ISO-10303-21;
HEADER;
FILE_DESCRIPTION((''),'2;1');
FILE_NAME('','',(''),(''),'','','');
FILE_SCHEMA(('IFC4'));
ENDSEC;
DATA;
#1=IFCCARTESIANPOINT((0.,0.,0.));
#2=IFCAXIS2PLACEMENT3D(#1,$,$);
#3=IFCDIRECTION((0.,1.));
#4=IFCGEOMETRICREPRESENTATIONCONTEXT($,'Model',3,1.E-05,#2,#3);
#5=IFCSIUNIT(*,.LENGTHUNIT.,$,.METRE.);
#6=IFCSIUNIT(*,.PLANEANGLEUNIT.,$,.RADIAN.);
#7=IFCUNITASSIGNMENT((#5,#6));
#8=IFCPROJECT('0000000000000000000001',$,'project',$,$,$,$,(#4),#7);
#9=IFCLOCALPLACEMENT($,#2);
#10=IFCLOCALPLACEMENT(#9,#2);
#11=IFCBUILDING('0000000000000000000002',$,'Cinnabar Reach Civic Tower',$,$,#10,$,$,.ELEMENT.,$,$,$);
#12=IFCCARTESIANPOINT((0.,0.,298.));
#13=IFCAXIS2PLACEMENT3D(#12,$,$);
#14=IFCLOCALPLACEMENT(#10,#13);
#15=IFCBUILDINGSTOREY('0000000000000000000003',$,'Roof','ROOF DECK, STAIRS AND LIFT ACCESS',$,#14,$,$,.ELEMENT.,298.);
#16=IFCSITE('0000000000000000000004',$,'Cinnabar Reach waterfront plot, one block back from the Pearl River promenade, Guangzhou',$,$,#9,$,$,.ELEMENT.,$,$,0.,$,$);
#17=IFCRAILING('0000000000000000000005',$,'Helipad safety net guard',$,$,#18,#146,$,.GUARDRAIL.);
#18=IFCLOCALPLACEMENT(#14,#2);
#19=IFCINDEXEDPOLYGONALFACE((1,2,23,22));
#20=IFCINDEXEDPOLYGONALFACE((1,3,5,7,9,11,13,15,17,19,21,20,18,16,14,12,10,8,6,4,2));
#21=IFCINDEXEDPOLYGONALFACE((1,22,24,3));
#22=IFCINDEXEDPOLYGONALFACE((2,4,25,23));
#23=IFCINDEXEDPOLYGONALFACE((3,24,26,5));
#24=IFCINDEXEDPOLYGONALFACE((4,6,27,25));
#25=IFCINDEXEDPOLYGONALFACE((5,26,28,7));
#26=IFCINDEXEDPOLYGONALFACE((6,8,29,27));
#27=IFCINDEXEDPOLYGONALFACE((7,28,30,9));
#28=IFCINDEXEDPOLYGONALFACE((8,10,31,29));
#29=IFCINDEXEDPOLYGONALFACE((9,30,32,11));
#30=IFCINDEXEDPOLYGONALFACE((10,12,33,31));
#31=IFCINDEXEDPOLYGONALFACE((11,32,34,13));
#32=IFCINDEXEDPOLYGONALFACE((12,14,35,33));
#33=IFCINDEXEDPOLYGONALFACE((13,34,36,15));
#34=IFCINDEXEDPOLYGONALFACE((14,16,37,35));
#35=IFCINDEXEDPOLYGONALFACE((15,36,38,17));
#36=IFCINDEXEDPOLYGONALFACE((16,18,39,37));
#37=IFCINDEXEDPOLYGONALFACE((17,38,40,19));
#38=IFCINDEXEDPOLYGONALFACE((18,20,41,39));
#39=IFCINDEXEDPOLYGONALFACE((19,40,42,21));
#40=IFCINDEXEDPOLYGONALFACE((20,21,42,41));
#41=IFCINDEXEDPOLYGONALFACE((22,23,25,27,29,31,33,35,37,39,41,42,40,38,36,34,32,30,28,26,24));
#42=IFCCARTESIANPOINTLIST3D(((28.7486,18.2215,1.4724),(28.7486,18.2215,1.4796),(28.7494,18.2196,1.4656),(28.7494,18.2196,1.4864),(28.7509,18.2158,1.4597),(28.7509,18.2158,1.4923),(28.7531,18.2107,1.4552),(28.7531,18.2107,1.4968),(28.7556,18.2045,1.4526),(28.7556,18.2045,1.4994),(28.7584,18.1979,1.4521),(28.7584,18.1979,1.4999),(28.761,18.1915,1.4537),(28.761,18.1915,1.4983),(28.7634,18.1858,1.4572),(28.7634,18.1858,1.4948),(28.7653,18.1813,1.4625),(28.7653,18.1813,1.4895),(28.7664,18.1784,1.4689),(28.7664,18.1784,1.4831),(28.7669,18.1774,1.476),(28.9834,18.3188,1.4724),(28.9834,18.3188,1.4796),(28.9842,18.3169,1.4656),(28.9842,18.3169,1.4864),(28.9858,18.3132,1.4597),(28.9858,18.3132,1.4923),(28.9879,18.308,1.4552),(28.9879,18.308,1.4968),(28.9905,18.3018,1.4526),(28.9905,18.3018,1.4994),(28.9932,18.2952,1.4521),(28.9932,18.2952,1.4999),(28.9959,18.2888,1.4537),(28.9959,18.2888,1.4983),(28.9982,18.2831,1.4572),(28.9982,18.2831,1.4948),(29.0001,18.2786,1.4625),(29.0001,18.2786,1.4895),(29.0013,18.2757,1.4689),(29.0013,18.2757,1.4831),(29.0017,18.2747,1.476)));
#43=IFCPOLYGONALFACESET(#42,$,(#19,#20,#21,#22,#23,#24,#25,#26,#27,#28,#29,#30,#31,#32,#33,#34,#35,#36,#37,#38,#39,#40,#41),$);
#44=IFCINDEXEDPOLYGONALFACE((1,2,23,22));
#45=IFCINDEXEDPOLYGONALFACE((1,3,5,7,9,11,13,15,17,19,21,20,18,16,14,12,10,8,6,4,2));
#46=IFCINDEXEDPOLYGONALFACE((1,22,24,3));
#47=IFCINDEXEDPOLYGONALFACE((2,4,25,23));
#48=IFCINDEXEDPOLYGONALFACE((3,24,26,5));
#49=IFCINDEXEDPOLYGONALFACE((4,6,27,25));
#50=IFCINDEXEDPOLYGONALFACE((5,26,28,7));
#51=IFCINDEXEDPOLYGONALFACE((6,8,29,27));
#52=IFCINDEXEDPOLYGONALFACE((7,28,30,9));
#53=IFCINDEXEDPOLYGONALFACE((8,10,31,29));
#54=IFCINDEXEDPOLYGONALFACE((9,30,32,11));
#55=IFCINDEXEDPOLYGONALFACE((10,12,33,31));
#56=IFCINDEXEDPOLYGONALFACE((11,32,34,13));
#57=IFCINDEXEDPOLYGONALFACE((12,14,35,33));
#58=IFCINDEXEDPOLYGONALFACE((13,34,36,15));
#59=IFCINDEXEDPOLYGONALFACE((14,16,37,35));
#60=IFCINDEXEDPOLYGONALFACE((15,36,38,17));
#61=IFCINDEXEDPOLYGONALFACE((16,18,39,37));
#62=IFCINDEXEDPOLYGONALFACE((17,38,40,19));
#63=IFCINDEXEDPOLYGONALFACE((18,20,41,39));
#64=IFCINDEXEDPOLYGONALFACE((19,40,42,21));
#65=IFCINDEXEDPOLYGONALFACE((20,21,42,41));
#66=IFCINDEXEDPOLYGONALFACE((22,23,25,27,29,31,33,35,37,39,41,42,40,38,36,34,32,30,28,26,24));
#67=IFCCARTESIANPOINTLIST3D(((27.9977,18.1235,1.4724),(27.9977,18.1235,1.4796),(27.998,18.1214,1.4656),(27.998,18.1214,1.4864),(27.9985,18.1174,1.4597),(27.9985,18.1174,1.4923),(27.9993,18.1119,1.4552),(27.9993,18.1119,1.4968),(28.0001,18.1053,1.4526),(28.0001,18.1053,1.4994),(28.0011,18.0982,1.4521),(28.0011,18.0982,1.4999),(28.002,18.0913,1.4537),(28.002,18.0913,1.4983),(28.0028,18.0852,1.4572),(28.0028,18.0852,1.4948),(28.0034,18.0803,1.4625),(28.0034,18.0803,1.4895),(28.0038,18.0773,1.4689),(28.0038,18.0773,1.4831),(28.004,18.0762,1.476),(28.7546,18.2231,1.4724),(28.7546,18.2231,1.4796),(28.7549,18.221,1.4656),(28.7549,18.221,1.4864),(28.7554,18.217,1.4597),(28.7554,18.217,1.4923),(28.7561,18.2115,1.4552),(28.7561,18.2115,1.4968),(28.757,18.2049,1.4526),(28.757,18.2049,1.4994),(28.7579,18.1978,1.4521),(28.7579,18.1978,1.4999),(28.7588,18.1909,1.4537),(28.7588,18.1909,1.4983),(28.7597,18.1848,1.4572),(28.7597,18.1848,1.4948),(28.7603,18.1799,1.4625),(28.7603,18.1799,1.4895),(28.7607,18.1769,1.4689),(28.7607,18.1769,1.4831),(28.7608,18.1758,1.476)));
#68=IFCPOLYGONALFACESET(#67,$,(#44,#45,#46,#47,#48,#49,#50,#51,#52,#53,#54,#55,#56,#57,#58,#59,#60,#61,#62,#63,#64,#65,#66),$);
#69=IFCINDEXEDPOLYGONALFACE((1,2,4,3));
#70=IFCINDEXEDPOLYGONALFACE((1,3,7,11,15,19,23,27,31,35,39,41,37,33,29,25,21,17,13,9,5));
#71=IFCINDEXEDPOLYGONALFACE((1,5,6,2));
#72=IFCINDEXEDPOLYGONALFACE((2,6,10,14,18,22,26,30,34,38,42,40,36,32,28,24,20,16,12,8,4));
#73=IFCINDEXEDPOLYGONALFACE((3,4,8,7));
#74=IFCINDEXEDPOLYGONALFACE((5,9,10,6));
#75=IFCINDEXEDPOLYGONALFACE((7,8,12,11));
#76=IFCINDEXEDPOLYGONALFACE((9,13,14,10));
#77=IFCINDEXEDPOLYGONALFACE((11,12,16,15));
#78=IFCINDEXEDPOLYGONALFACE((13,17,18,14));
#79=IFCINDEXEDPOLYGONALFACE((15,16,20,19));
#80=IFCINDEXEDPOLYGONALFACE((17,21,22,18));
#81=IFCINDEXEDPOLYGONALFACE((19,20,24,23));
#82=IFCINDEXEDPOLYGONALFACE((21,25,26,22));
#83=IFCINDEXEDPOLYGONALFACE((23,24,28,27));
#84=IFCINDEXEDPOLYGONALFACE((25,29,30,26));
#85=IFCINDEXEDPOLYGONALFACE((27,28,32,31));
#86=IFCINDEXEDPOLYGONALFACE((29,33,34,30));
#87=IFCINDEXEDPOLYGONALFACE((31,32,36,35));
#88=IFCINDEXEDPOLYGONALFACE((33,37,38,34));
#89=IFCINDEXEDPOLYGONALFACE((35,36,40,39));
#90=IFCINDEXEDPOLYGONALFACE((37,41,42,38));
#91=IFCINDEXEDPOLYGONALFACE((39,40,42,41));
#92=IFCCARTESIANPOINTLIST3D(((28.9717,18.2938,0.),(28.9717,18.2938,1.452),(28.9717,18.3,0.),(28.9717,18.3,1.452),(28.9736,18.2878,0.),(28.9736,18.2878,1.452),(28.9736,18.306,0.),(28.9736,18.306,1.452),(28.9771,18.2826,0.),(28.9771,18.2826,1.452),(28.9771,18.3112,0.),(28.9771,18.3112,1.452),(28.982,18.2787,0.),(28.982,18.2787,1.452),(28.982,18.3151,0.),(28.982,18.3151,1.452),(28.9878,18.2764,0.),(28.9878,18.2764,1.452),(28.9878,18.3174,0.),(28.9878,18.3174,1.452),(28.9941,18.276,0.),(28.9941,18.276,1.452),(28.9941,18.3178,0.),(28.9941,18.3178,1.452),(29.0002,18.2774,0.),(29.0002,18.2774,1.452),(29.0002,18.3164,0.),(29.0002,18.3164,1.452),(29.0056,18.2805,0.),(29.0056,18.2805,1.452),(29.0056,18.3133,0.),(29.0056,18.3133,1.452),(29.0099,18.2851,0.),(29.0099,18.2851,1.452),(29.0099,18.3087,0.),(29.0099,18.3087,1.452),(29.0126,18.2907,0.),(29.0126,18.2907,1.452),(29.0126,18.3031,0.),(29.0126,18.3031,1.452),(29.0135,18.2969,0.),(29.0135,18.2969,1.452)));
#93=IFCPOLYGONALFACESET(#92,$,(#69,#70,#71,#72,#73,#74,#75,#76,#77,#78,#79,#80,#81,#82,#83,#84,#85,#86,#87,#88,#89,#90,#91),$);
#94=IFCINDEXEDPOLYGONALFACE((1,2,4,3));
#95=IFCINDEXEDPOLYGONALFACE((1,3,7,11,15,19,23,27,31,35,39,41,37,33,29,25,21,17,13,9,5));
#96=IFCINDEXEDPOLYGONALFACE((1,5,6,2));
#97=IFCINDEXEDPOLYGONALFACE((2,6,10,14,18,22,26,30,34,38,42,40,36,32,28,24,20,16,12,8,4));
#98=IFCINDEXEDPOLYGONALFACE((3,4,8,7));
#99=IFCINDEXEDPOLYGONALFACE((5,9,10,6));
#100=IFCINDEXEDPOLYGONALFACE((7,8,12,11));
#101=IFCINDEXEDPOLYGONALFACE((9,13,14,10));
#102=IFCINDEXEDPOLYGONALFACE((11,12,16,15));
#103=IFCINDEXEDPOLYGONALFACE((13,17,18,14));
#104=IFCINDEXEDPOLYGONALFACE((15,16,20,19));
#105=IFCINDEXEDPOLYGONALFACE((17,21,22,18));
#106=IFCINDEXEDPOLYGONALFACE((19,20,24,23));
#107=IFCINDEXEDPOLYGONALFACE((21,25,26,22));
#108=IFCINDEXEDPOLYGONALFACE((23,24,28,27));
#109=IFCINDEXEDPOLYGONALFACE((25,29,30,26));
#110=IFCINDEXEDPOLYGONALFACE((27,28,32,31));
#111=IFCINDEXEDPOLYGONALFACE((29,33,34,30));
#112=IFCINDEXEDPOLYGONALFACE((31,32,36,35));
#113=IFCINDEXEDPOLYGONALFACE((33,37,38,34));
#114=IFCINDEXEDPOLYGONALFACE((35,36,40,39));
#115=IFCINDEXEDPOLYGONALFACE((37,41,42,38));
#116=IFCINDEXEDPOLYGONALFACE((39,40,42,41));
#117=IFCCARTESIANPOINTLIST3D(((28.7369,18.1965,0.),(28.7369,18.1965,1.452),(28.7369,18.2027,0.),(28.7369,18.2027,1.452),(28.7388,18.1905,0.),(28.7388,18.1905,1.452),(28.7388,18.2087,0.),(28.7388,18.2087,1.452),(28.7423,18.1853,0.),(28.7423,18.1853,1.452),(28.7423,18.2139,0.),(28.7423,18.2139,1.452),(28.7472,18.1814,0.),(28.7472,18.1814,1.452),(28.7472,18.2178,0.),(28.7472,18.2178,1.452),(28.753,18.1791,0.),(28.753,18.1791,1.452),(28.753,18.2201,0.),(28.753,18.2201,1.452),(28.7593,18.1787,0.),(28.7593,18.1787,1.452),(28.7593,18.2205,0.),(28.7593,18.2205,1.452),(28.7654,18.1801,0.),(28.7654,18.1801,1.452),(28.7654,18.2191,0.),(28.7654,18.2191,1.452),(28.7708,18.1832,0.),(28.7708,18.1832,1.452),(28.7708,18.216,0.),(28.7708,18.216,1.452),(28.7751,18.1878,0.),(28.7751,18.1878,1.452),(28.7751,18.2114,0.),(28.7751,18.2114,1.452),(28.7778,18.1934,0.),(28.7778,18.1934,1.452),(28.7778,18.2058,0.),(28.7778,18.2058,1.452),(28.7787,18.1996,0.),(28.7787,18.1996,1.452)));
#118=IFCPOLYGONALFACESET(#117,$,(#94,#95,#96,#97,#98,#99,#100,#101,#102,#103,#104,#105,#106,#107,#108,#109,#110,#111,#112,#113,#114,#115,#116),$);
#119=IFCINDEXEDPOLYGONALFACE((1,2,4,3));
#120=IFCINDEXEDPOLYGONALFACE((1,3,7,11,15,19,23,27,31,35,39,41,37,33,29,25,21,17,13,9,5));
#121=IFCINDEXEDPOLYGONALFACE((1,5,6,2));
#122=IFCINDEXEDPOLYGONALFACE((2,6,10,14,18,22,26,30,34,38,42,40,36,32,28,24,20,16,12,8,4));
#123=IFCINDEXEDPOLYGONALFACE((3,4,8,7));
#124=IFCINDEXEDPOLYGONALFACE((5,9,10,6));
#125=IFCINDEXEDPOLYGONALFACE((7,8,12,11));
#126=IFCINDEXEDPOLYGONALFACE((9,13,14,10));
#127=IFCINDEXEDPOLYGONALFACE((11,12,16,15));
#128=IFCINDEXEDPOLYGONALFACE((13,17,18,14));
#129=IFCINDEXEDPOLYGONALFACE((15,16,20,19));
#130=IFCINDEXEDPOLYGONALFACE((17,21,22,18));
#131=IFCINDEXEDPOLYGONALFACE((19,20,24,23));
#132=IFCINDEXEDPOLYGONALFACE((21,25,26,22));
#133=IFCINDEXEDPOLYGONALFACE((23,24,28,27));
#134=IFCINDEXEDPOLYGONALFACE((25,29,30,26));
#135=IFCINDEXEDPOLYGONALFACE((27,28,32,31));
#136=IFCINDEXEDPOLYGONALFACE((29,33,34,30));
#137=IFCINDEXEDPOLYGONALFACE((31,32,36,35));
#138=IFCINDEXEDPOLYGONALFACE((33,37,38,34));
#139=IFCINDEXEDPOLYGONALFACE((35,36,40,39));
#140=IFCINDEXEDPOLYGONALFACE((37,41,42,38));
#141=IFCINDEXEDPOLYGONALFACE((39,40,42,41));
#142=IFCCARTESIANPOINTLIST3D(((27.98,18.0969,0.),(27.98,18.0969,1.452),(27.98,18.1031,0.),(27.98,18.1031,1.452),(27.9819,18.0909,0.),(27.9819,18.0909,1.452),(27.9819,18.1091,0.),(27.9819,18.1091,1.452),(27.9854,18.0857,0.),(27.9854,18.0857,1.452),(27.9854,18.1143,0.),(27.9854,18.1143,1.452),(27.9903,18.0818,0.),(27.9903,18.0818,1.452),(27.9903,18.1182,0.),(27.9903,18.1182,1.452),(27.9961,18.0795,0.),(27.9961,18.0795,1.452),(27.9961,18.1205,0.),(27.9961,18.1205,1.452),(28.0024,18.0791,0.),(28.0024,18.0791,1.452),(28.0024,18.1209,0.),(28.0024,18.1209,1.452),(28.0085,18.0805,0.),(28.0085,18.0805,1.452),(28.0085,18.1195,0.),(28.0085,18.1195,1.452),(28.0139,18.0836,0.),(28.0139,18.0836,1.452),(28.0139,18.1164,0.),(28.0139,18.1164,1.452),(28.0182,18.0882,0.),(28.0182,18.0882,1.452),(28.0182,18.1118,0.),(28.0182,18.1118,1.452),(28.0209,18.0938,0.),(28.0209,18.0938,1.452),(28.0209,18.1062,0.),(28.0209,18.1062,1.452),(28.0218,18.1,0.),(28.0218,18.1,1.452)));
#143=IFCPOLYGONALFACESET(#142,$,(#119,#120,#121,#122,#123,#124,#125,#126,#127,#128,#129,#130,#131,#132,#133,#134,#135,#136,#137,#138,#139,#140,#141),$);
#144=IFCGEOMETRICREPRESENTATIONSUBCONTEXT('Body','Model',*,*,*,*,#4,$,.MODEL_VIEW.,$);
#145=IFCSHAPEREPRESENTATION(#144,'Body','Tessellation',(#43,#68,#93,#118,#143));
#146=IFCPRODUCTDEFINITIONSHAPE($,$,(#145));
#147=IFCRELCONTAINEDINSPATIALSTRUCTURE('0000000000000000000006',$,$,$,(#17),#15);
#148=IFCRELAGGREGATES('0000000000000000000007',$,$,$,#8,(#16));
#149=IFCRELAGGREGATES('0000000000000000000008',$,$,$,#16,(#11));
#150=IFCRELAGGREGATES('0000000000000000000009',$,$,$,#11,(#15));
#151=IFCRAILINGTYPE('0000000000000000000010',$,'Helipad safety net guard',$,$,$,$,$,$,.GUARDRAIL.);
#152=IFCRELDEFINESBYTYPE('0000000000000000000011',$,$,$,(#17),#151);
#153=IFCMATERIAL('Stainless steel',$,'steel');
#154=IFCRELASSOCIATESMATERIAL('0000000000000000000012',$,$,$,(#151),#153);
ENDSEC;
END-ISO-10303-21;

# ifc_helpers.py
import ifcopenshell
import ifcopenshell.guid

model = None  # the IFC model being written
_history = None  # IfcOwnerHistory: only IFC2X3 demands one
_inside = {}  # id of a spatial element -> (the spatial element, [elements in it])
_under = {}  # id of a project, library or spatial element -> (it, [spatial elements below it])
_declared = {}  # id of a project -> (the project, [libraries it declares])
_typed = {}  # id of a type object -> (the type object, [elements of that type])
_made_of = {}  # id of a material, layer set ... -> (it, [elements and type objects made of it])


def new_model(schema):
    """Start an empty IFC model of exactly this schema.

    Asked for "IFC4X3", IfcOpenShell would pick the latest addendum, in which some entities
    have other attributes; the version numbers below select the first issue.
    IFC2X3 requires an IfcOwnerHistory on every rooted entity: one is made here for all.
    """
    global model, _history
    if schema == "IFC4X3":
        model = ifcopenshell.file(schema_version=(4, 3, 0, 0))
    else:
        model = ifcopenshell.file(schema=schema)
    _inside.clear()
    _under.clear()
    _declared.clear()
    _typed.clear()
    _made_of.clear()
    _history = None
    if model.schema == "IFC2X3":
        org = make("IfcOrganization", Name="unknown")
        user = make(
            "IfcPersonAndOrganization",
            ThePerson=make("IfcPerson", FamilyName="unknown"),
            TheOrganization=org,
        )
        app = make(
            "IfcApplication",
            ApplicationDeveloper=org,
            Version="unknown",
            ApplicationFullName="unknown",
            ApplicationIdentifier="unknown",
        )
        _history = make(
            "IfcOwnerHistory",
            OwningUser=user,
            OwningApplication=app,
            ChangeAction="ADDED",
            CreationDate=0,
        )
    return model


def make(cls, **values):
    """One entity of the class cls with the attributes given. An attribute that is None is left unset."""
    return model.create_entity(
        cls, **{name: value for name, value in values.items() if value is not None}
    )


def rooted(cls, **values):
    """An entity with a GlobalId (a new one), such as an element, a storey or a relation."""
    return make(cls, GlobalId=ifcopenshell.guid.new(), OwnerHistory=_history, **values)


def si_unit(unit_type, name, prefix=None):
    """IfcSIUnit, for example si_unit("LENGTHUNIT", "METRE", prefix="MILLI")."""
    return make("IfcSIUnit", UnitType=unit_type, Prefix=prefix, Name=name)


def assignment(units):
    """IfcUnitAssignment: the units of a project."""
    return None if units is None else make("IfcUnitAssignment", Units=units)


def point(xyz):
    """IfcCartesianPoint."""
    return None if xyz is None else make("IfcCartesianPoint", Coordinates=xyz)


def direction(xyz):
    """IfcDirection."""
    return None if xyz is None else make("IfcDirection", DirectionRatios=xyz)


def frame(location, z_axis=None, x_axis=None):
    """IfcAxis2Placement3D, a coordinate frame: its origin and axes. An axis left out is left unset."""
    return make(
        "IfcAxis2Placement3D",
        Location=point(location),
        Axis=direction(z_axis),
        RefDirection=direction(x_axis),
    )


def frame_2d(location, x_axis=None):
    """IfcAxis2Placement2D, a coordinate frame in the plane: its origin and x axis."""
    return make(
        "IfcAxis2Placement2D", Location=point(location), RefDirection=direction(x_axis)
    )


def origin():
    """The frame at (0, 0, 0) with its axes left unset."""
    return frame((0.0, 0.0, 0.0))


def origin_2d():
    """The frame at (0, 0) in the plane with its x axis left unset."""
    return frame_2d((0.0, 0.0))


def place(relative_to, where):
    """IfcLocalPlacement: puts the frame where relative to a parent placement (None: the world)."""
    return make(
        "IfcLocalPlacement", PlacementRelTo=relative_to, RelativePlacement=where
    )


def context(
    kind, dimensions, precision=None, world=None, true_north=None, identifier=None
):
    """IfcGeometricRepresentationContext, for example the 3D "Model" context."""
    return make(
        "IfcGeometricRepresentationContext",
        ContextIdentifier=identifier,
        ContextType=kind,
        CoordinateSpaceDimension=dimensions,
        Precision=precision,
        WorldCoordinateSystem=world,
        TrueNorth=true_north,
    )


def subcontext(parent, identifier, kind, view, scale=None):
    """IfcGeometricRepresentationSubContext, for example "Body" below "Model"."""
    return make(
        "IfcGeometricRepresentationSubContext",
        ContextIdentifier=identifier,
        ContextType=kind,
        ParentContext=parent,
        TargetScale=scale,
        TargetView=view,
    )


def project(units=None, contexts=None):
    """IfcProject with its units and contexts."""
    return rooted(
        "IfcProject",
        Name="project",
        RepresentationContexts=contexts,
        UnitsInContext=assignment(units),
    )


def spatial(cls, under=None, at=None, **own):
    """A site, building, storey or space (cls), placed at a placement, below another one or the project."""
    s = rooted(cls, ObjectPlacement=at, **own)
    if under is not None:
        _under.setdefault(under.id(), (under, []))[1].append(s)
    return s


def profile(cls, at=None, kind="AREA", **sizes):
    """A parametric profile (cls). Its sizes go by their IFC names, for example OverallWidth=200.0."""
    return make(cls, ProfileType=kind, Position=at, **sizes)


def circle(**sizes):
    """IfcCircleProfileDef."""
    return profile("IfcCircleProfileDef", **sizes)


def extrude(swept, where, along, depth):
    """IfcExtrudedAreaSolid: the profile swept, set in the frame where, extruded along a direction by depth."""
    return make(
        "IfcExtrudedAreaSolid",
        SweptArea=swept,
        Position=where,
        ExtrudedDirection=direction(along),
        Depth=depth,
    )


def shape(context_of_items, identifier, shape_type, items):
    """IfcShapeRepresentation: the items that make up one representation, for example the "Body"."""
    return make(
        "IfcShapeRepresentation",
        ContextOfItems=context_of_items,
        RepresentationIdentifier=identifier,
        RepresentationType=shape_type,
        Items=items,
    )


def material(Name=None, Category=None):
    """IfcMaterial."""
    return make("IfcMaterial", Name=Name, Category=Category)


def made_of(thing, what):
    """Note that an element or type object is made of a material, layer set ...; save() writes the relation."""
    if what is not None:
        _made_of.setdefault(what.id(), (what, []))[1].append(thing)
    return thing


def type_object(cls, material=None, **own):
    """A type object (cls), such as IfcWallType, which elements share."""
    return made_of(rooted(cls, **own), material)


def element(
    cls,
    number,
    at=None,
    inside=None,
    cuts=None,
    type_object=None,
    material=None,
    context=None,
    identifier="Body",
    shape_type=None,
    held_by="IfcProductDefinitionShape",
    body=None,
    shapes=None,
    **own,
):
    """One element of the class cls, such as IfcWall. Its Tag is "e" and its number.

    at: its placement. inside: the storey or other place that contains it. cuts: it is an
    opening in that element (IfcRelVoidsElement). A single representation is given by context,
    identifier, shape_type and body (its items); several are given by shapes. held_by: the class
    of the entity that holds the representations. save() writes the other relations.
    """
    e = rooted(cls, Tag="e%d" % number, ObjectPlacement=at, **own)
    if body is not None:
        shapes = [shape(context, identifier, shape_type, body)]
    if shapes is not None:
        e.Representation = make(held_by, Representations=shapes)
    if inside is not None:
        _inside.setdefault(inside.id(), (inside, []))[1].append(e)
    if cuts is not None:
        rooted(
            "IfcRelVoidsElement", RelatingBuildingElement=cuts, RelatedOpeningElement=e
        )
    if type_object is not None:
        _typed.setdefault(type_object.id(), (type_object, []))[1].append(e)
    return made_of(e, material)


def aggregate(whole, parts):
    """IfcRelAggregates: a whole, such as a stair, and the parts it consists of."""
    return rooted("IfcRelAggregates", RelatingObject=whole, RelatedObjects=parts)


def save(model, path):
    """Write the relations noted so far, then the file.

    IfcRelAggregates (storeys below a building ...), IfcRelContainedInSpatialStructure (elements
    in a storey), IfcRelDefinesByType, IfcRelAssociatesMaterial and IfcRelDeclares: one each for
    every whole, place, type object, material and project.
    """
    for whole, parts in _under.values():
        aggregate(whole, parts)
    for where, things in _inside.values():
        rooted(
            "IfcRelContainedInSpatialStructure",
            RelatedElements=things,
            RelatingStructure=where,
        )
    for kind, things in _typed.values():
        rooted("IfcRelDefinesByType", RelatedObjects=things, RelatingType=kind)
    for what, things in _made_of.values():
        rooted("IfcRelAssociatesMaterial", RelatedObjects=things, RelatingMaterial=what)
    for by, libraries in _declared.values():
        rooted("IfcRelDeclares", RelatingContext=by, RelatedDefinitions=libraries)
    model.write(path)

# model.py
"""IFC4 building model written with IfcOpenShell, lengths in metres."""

from ifc_helpers import new_model, si_unit, direction, frame, origin, origin_2d, place, context, subcontext, project, spatial, circle, extrude, material, type_object, element, save


model = new_model("IFC4")

# Units and contexts
model_context = context("Model", 3, precision=1e-05, world=origin(), true_north=direction((0.0, 1.0)))
body_context = subcontext(model_context, "Body", "Model", "MODEL_VIEW")
ifc_project = project(units=[si_unit("LENGTHUNIT", "METRE"), si_unit("PLANEANGLEUNIT", "RADIAN")], contexts=[model_context])

# Site, building, storey
site_placement = place(None, origin())
site = spatial("IfcSite", under=ifc_project, at=site_placement, Name="Cinnabar Reach waterfront plot, one block back from the Pearl River promenade, Guangzhou", CompositionType="ELEMENT", RefElevation=0.0)
building_placement = place(site_placement, origin())
building = spatial("IfcBuilding", under=site, at=building_placement, Name="Cinnabar Reach Civic Tower", CompositionType="ELEMENT")
storey_placement = place(building_placement, frame((0.0, 0.0, 298.0)))
storey = spatial("IfcBuildingStorey", under=building, at=storey_placement, Name="Roof", Description="ROOF DECK, STAIRS AND LIFT ACCESS", CompositionType="ELEMENT", Elevation=298.0)

# Railing
ifc_material_1 = material(Name="Stainless steel", Category="steel")
railing_type_1 = type_object("IfcRailingType", Name="Helipad safety net guard", PredefinedType="GUARDRAIL", material=ifc_material_1)
railing_1_placement = place(storey_placement, frame((28.9925, 18.2969, 0.0)))
element("IfcRailing", 1, at=railing_1_placement, inside=storey, type_object=railing_type_1, Name="Helipad safety net guard", PredefinedType="GUARDRAIL", context=body_context, shape_type="SweptSolid", body=[
    extrude(circle(Radius=0.024, at=origin_2d()), frame((0.0, 0.0, 1.476), z_axis=(-0.92382, -0.382827, 0.0), x_axis=(0.382827, -0.92382, 0.0)), (0.0, 0.0, 1.0), 0.2542),
    extrude(circle(Radius=0.024, at=origin_2d()), frame((-0.2348, -0.0973, 1.476), z_axis=(-0.991453, -0.130465, 0.0), x_axis=(0.130465, -0.991453, 0.0)), (0.0, 0.0, 1.0), 0.7634),
    extrude(circle(Radius=0.021, at=origin_2d()), origin(), (0.0, 0.0, 1.0), 1.452),
    extrude(circle(Radius=0.021, at=origin_2d()), frame((-0.2348, -0.0973, 0.0)), (0.0, 0.0, 1.0), 1.452),
    extrude(circle(Radius=0.021, at=origin_2d()), frame((-0.9917, -0.1969, 0.0)), (0.0, 0.0, 1.0), 1.452),
])

save(model, "model.ifc")
